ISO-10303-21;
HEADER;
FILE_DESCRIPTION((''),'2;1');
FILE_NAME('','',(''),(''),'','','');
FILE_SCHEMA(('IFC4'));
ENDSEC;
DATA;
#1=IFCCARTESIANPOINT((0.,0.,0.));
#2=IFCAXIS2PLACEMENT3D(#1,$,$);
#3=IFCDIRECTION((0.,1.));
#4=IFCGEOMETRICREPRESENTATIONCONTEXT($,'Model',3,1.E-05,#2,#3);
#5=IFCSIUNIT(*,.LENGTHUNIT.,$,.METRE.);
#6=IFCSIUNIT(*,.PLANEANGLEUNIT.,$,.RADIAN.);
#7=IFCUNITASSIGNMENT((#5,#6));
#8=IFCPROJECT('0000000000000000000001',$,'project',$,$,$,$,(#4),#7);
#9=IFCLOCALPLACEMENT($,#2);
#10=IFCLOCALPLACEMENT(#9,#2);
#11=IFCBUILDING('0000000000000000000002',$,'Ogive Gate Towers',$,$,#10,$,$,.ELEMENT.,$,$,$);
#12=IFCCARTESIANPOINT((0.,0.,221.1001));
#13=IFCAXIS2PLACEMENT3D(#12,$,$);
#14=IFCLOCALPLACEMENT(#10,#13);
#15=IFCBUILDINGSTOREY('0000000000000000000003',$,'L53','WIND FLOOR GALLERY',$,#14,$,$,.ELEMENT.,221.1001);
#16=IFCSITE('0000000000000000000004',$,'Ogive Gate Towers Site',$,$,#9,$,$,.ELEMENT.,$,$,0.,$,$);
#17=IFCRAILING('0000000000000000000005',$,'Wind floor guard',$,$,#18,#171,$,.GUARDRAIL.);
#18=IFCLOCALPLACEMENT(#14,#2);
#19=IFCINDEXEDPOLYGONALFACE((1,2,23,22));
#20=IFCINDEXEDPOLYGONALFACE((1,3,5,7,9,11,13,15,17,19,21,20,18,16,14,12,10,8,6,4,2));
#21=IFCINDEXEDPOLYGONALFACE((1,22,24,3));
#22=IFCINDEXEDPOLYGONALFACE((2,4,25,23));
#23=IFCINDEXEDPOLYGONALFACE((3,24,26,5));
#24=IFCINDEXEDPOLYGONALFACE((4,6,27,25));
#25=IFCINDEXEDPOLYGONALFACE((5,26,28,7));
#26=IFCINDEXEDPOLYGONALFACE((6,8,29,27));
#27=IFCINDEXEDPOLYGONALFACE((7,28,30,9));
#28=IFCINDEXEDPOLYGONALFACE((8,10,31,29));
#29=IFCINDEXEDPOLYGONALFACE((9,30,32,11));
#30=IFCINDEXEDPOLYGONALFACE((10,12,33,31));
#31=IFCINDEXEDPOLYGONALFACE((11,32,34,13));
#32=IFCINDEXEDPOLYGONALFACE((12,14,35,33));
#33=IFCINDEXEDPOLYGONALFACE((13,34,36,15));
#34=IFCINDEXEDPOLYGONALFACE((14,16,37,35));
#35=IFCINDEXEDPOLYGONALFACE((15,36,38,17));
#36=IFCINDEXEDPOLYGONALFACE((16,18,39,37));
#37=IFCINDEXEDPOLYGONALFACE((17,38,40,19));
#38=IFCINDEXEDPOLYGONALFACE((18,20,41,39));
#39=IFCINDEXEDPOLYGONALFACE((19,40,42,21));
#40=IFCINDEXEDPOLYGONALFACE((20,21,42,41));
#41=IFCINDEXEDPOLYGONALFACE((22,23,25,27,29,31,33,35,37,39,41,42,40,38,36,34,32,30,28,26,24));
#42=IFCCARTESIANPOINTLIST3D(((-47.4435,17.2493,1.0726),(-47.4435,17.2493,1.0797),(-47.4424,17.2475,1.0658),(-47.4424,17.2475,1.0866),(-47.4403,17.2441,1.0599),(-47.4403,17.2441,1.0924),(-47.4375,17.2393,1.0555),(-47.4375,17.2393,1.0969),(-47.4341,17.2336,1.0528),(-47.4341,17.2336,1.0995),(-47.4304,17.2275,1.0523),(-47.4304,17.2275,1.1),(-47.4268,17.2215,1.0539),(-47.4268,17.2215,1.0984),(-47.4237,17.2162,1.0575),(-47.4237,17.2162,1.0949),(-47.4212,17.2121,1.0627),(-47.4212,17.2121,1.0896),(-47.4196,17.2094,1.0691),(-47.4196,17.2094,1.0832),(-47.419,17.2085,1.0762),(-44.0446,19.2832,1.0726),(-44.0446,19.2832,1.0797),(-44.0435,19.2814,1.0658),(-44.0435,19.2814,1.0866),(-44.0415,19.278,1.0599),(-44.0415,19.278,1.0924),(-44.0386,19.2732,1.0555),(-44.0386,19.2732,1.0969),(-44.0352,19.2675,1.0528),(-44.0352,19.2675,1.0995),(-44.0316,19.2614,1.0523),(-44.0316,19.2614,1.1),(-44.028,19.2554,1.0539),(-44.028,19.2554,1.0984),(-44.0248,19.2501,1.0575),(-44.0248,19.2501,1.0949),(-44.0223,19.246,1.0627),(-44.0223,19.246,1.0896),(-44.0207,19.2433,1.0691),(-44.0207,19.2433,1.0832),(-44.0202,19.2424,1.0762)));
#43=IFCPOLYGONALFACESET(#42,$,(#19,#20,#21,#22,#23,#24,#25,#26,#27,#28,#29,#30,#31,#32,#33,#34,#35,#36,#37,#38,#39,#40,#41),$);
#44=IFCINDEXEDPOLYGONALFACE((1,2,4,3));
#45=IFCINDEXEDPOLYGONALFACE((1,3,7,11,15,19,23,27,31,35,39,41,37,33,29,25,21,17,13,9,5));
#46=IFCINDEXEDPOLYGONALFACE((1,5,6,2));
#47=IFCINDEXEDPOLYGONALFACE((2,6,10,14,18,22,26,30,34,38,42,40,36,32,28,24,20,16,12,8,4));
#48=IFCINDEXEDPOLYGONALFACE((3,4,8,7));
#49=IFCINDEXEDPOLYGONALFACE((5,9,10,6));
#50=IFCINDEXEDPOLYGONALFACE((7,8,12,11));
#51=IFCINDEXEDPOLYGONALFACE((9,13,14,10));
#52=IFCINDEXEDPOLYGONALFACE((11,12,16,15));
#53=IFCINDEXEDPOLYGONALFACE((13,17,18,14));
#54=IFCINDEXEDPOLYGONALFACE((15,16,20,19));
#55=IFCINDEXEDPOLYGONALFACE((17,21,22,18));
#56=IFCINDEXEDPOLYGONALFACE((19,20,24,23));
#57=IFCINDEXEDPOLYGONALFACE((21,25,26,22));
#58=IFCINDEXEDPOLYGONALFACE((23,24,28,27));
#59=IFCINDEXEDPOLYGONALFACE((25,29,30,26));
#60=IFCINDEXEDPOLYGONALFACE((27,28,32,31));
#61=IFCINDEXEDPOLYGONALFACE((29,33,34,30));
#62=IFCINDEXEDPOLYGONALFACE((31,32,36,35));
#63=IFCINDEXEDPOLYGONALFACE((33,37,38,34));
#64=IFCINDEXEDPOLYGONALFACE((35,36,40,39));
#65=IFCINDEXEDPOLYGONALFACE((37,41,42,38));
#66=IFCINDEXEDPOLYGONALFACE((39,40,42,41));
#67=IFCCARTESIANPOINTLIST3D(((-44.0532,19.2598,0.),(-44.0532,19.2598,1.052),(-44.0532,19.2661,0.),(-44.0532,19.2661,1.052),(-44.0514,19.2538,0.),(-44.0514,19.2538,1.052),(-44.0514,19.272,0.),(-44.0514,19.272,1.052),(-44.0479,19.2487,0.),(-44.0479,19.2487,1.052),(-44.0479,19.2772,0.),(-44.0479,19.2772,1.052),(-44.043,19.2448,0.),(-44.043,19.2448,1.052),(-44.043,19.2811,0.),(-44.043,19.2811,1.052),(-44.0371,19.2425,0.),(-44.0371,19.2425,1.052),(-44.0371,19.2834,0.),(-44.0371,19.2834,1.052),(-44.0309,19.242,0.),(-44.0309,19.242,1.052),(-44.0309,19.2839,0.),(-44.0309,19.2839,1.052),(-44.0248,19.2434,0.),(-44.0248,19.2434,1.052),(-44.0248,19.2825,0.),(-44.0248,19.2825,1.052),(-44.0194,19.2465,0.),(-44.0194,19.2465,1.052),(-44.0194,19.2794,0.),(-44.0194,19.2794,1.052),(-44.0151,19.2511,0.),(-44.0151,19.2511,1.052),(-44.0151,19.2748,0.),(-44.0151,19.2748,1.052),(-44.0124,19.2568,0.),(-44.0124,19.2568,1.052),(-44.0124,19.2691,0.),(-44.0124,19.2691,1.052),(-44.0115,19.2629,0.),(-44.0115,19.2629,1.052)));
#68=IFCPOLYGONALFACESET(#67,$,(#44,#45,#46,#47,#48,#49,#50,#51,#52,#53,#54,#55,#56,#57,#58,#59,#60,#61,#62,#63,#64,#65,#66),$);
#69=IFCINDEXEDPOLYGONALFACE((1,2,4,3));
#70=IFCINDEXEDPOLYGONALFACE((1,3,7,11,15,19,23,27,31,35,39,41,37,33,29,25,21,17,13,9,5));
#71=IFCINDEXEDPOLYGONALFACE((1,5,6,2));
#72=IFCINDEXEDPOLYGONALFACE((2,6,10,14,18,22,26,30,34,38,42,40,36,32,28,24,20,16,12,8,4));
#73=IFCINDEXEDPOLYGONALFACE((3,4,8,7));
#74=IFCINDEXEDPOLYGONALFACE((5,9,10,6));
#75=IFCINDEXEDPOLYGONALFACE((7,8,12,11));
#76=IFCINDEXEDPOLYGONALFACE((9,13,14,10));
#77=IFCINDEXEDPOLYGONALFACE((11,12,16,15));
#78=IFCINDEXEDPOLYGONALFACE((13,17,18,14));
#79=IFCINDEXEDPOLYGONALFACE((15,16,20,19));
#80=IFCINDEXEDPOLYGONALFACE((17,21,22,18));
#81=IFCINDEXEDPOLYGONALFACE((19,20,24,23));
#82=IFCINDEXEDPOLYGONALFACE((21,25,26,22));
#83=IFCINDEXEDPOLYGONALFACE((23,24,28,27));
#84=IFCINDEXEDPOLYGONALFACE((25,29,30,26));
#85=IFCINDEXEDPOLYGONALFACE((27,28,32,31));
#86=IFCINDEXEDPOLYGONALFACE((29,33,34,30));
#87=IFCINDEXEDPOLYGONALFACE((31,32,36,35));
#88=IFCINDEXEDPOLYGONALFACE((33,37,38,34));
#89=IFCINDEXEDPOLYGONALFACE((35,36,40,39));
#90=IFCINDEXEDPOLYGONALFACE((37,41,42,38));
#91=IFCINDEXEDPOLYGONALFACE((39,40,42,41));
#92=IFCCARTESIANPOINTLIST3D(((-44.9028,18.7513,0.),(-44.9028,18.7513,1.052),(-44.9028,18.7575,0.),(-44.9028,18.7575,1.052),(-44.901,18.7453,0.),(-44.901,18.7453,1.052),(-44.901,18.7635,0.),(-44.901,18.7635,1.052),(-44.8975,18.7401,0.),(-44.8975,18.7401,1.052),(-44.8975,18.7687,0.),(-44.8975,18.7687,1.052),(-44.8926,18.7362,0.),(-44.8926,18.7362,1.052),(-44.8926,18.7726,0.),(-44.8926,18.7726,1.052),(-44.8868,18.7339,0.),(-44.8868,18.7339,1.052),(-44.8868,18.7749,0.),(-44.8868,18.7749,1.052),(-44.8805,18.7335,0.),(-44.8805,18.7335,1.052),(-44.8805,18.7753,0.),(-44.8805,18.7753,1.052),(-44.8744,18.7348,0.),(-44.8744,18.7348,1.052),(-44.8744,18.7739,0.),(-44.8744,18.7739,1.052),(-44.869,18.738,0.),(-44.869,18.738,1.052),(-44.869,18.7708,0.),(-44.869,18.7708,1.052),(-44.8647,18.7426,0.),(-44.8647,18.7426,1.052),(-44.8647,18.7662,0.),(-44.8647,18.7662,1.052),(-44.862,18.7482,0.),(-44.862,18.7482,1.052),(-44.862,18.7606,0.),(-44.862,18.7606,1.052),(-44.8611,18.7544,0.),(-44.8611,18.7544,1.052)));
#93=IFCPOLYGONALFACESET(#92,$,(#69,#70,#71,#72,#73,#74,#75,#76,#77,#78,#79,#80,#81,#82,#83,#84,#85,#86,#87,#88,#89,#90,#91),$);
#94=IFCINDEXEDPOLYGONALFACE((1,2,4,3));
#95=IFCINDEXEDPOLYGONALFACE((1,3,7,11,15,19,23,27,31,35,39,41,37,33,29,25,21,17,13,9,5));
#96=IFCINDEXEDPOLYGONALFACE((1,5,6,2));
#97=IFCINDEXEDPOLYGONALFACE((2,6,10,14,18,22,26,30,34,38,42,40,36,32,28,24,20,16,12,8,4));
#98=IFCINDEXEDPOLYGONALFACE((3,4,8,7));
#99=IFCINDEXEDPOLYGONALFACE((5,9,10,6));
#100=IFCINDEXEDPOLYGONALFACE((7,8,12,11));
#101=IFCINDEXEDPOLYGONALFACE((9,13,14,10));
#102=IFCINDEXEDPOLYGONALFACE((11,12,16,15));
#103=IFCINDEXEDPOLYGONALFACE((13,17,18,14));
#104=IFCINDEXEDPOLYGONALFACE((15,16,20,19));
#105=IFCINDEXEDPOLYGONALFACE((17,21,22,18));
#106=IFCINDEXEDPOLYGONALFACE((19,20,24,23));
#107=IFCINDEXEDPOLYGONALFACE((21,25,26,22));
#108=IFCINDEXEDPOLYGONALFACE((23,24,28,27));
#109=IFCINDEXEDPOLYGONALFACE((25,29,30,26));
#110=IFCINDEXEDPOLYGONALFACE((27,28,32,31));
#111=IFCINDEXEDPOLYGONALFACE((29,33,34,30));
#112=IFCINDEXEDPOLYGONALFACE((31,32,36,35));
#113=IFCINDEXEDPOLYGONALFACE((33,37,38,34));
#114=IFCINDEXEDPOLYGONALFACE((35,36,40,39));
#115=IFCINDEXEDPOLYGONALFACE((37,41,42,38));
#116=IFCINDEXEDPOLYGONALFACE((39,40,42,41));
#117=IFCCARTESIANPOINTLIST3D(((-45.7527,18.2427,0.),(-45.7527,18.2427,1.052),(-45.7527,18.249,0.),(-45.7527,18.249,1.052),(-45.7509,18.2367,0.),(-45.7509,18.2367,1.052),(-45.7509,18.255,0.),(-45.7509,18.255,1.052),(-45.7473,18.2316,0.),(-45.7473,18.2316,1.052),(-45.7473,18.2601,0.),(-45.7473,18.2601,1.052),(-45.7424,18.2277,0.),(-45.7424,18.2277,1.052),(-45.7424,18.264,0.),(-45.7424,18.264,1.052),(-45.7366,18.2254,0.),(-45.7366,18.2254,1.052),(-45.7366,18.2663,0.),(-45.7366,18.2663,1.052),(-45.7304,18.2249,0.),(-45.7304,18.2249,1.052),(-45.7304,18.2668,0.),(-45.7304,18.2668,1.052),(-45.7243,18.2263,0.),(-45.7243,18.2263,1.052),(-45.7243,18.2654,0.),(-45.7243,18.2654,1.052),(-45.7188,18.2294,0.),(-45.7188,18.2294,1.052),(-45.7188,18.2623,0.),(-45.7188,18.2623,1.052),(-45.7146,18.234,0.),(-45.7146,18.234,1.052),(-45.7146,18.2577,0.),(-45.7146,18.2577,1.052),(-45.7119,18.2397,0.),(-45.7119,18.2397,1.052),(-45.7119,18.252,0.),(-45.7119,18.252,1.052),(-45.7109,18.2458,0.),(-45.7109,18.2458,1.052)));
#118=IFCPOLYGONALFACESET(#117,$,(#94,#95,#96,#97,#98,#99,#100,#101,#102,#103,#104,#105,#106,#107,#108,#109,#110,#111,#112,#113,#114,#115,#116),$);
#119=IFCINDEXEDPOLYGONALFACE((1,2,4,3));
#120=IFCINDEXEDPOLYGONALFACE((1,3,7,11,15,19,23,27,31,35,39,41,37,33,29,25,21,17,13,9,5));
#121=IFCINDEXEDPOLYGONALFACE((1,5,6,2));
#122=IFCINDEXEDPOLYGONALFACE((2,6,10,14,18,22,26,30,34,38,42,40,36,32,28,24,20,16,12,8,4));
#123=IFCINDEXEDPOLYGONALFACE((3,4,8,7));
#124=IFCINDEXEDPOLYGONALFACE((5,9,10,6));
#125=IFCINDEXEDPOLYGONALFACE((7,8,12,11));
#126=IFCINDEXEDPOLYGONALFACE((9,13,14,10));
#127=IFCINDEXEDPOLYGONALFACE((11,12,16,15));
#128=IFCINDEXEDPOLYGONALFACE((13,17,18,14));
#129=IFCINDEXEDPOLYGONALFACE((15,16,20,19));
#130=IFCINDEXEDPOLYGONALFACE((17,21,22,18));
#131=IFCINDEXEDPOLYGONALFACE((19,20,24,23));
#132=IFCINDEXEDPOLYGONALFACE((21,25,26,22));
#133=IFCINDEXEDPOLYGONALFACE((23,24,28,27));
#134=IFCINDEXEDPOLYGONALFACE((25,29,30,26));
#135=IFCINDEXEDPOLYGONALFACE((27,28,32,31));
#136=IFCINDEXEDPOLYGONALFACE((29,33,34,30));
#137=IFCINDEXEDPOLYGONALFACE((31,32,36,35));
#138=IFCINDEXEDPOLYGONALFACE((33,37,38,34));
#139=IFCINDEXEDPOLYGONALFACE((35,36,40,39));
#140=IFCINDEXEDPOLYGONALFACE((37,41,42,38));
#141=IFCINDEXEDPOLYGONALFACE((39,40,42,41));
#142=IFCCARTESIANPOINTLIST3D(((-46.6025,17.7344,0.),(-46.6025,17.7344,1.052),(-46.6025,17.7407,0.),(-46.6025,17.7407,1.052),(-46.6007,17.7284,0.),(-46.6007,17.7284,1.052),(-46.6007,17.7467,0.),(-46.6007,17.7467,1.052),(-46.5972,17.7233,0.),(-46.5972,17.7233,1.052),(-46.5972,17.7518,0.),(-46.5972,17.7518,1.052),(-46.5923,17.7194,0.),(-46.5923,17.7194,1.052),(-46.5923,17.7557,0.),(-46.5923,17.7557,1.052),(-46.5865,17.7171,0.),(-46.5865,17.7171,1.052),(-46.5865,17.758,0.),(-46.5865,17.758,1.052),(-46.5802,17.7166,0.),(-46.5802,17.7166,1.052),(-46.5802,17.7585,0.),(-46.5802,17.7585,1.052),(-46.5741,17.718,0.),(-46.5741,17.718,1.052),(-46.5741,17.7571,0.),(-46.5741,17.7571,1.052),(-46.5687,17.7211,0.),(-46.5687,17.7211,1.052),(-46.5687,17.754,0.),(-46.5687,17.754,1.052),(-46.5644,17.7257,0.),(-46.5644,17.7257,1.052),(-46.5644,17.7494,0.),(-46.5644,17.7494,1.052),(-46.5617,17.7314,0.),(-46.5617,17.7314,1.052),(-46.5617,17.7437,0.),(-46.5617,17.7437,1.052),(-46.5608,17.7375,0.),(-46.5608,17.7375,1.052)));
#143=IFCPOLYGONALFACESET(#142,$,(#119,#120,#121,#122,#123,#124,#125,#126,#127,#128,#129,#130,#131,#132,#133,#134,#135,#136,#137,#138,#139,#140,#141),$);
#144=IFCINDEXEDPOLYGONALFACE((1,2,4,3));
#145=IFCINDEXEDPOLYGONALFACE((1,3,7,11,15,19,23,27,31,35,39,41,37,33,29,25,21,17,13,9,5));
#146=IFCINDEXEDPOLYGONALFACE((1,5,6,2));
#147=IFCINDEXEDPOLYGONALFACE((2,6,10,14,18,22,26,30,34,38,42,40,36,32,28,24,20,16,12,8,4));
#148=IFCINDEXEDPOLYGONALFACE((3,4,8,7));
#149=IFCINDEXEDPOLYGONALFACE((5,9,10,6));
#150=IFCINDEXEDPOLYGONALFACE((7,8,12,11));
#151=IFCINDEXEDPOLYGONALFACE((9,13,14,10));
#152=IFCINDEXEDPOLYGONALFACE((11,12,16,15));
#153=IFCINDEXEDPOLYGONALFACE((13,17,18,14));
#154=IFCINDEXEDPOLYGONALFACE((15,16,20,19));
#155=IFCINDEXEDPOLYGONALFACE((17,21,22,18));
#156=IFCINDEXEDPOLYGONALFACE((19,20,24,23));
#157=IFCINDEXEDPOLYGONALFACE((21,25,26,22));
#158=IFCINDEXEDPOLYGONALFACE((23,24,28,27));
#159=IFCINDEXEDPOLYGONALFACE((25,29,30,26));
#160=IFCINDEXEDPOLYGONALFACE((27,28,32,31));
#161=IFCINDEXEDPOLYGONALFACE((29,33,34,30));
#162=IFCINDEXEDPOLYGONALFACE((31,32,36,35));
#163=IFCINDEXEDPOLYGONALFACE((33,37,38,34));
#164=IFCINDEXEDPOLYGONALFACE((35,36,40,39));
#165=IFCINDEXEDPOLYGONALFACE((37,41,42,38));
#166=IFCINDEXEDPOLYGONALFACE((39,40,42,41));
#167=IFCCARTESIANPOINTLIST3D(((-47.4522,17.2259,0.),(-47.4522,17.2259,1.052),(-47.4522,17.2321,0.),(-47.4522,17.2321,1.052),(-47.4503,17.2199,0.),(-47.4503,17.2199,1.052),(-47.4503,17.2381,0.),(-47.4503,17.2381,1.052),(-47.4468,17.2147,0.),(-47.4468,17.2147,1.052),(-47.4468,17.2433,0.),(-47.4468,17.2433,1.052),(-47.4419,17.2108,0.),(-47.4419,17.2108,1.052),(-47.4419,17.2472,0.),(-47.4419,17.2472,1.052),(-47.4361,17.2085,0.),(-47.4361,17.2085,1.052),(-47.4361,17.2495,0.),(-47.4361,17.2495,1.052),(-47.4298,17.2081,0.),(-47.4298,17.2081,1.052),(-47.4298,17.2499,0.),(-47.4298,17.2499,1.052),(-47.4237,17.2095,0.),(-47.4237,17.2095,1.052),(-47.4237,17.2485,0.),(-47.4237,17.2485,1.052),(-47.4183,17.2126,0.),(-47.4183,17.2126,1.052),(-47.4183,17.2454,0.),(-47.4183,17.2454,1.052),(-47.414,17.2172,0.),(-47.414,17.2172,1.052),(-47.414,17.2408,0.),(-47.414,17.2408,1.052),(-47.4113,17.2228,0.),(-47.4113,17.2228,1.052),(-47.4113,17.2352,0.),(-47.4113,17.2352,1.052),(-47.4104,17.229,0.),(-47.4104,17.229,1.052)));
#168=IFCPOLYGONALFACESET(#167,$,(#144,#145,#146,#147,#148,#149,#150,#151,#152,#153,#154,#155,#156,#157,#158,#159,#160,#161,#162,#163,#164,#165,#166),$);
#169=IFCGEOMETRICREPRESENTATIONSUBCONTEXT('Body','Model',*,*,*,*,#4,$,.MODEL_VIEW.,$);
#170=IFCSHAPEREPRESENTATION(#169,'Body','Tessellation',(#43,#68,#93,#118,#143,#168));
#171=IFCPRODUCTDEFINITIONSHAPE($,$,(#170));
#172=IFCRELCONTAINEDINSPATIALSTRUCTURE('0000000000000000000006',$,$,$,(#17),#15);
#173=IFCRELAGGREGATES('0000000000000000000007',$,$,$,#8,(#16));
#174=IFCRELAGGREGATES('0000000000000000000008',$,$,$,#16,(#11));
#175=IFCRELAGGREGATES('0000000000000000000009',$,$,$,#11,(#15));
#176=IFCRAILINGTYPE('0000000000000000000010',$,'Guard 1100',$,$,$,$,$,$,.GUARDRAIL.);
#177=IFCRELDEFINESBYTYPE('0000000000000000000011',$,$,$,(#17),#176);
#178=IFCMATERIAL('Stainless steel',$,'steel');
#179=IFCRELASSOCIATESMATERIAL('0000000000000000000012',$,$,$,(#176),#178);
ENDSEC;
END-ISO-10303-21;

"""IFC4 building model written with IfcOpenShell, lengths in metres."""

from ifc_helpers import new_model, si_unit, direction, frame, origin, origin_2d, place, context, subcontext, project, spatial, circle, extrude, material, type_object, element, save


model = new_model("IFC4")

# Units and contexts
model_context = context("Model", 3, precision=1e-05, world=origin(), true_north=direction((0.0, 1.0)))
body_context = subcontext(model_context, "Body", "Model", "MODEL_VIEW")
ifc_project = project(units=[si_unit("LENGTHUNIT", "METRE"), si_unit("PLANEANGLEUNIT", "RADIAN")], contexts=[model_context])

# Site, building, storey
site_placement = place(None, origin())
site = spatial("IfcSite", under=ifc_project, at=site_placement, Name="Ogive Gate Towers Site", CompositionType="ELEMENT", RefElevation=0.0)
building_placement = place(site_placement, origin())
building = spatial("IfcBuilding", under=site, at=building_placement, Name="Ogive Gate Towers", CompositionType="ELEMENT")
storey_placement = place(building_placement, frame((0.0, 0.0, 221.1001)))
storey = spatial("IfcBuildingStorey", under=building, at=storey_placement, Name="L53", Description="WIND FLOOR GALLERY", CompositionType="ELEMENT", Elevation=221.1001)

# Railing
ifc_material_1 = material(Name="Stainless steel", Category="steel")
railing_type = type_object("IfcRailingType", Name="Guard 1100", PredefinedType="GUARDRAIL", material=ifc_material_1)
railing_1_placement = place(storey_placement, frame((-44.0325, 19.2629, 0.0)))
element("IfcRailing", 1, at=railing_1_placement, inside=storey, type_object=railing_type, Name="Wind floor guard", PredefinedType="GUARDRAIL", context=body_context, shape_type="SweptSolid", body=[
    extrude(circle(Radius=0.0239, at=origin_2d()), frame((0.0, 0.0, 1.0762), z_axis=(-0.858096, -0.513489, 0.0), x_axis=(0.513489, -0.858096, 0.0)), (0.0, 0.0, 1.0), 3.9609),
    extrude(circle(Radius=0.021, at=origin_2d()), origin(), (0.0, 0.0, 1.0), 1.052),
    extrude(circle(Radius=0.021, at=origin_2d()), frame((-0.8496, -0.5085, 0.0)), (0.0, 0.0, 1.0), 1.052),
    extrude(circle(Radius=0.021, at=origin_2d()), frame((-1.6995, -1.0171, 0.0)), (0.0, 0.0, 1.0), 1.052),
    extrude(circle(Radius=0.021, at=origin_2d()), frame((-2.5493, -1.5254, 0.0)), (0.0, 0.0, 1.0), 1.052),
    extrude(circle(Radius=0.021, at=origin_2d()), frame((-3.3989, -2.0339, 0.0)), (0.0, 0.0, 1.0), 1.052),
])

save(model, "model.ifc")
